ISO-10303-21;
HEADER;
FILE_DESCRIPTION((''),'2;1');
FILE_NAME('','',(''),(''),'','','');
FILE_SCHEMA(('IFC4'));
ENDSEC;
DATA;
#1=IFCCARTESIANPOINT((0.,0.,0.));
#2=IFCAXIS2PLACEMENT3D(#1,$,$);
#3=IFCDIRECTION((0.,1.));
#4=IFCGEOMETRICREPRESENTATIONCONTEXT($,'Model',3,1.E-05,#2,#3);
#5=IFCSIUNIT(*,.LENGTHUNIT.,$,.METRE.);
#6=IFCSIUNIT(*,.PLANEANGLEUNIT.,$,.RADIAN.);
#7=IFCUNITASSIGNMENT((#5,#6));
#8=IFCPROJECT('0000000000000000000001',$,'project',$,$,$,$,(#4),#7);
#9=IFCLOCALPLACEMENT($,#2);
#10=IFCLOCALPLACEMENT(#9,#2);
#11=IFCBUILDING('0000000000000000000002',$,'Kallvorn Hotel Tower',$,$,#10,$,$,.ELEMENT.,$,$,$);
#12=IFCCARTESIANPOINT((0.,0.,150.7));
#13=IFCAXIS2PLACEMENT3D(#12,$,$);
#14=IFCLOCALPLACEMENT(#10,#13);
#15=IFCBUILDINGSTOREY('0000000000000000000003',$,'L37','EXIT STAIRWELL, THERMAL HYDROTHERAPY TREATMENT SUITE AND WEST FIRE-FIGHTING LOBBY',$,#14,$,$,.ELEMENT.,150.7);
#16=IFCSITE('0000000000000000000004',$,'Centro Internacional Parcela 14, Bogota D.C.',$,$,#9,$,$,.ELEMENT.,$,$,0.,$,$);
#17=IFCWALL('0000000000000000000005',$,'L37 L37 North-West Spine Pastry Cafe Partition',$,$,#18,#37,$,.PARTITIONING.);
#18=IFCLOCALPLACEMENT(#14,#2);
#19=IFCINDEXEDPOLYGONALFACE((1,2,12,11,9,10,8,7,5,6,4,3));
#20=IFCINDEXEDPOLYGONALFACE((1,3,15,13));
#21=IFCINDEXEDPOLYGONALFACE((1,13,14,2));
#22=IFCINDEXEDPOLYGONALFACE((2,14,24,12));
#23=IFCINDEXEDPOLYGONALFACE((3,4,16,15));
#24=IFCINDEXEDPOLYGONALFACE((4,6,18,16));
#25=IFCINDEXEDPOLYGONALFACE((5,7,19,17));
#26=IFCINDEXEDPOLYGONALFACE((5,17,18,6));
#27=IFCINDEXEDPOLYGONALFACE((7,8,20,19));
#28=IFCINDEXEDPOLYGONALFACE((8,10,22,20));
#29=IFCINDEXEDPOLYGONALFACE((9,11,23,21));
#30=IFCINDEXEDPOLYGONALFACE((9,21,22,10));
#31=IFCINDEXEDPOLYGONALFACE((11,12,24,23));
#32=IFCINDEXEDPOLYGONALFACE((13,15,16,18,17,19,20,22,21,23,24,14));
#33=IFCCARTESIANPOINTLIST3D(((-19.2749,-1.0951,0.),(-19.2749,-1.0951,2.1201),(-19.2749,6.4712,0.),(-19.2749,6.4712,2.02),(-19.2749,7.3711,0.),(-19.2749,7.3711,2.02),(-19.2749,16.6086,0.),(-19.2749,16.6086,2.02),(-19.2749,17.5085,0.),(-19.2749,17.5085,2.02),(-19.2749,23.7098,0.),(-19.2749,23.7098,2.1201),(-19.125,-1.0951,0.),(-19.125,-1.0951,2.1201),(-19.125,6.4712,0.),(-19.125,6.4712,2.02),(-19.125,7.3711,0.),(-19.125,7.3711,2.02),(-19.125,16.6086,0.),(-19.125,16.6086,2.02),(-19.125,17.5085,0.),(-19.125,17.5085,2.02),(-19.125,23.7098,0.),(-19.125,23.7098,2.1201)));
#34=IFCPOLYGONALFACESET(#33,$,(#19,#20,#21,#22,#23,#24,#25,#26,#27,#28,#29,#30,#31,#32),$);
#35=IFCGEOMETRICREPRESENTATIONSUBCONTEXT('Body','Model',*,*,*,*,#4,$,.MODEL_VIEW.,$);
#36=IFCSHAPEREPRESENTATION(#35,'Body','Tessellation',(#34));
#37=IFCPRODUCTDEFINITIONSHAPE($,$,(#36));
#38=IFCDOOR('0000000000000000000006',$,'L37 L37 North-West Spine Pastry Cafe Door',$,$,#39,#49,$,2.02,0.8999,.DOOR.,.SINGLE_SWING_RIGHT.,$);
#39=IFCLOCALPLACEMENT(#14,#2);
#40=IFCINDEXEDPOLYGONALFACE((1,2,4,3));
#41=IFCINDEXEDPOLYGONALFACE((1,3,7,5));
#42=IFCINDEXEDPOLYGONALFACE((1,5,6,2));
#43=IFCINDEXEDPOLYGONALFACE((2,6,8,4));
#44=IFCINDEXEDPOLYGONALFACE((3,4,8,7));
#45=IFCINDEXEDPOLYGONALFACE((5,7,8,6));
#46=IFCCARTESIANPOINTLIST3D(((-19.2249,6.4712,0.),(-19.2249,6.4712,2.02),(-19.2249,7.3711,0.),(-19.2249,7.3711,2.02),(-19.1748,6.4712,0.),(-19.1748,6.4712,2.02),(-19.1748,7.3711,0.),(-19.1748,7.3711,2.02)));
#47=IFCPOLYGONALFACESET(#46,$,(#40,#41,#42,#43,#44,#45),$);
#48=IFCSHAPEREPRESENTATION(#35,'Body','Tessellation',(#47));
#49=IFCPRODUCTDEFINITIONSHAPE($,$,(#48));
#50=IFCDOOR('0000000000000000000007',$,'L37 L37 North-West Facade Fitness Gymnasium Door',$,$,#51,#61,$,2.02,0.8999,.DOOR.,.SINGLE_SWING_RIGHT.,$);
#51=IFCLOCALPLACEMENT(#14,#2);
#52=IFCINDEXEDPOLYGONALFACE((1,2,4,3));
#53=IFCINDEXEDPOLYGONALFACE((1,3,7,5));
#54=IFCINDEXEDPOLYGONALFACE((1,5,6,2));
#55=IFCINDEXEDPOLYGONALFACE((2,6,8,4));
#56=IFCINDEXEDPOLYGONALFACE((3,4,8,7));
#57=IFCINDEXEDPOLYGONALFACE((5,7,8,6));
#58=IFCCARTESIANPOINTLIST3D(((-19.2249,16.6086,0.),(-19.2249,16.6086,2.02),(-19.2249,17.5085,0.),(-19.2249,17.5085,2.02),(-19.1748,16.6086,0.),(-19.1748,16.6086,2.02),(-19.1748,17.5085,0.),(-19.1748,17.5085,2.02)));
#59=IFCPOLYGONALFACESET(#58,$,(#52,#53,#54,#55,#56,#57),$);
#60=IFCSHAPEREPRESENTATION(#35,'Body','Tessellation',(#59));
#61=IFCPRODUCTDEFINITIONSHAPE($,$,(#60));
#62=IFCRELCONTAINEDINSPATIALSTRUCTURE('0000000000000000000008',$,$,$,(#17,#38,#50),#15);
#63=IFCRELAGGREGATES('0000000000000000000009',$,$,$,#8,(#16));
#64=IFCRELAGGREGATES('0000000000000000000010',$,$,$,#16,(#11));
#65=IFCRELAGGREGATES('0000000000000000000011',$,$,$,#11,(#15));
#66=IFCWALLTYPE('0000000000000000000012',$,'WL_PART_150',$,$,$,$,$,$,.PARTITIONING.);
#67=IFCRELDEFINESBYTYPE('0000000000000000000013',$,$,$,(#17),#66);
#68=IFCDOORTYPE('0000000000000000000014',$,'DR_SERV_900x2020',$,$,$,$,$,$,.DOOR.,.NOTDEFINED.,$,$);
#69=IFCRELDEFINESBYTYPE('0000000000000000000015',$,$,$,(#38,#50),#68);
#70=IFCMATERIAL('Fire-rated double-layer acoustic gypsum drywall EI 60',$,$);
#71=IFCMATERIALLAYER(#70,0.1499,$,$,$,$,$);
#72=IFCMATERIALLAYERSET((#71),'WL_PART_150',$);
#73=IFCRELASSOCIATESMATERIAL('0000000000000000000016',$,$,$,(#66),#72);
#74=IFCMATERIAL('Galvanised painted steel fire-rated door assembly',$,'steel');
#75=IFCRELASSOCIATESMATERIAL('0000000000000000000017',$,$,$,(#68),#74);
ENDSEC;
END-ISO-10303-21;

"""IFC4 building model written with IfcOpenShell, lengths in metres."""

from ifc_helpers import new_model, si_unit, direction, frame, frame_2d, origin, place, context, subcontext, project, spatial, rectangle, extrude, material, layer, layer_set, type_object, element, fill, save


model = new_model("IFC4")

# Units and contexts
model_context = context("Model", 3, precision=1e-05, world=origin(), true_north=direction((0.0, 1.0)))
body_context = subcontext(model_context, "Body", "Model", "MODEL_VIEW")
ifc_project = project(units=[si_unit("LENGTHUNIT", "METRE"), si_unit("PLANEANGLEUNIT", "RADIAN")], contexts=[model_context])

# Site, building, storey
site_placement = place(None, origin())
site = spatial("IfcSite", under=ifc_project, at=site_placement, Name="Centro Internacional Parcela 14, Bogota D.C.", CompositionType="ELEMENT", RefElevation=0.0)
building_placement = place(site_placement, origin())
building = spatial("IfcBuilding", under=site, at=building_placement, Name="Kallvorn Hotel Tower", CompositionType="ELEMENT")
storey_placement = place(building_placement, frame((0.0, 0.0, 150.7)))
storey = spatial("IfcBuildingStorey", under=building, at=storey_placement, Name="L37", Description="EXIT STAIRWELL, THERMAL HYDROTHERAPY TREATMENT SUITE AND WEST FIRE-FIGHTING LOBBY", CompositionType="ELEMENT", Elevation=150.7)

# Shared definitions
ifc_material_1 = material(Name="Fire-rated double-layer acoustic gypsum drywall EI 60")
ifc_layer_1 = layer(ifc_material_1, 0.1499)
ifc_layer_set_1 = layer_set([ifc_layer_1], Name="WL_PART_150")
wall_type = type_object("IfcWallType", Name="WL_PART_150", PredefinedType="PARTITIONING", material=ifc_layer_set_1)

# Wall, openings, doors
wall_1_placement = place(storey_placement, frame((-19.2, -1.095, 0.0), z_axis=(0.0, 0.0, 1.0), x_axis=(0.0, 1.0, 0.0)))
wall_1 = element("IfcWall", 1, at=wall_1_placement, inside=storey, type_object=wall_type, Name="L37 L37 North-West Spine Pastry Cafe Partition", PredefinedType="PARTITIONING", context=body_context, shape_type="SweptSolid", body=[
    extrude(rectangle(XDim=24.8049, YDim=0.1499, at=frame_2d((12.4023, 0.0))), origin(), (0.0, 0.0, 1.0), 2.1201),
])
opening_1_placement = place(wall_1_placement, frame((7.5662, 0.0, 0.0)))
opening_1 = element("IfcOpeningElement", 2, at=opening_1_placement, cuts=wall_1, PredefinedType="OPENING", context=body_context, shape_type="SweptSolid", body=[
    extrude(rectangle(XDim=0.8999, YDim=2.02, at=frame_2d((0.45, 1.01))), frame((0.0, 0.0898, 0.0), z_axis=(0.0, -1.0, 0.0), x_axis=(1.0, 0.0, 0.0)), (0.0, 0.0, 1.0), 0.1799),
])
opening_2_placement = place(wall_1_placement, frame((17.7036, 0.0, 0.0)))
opening_2 = element("IfcOpeningElement", 3, at=opening_2_placement, cuts=wall_1, PredefinedType="OPENING", context=body_context, shape_type="SweptSolid", body=[
    extrude(rectangle(XDim=0.8999, YDim=2.02, at=frame_2d((0.45, 1.01))), frame((0.0, 0.0898, 0.0), z_axis=(0.0, -1.0, 0.0), x_axis=(1.0, 0.0, 0.0)), (0.0, 0.0, 1.0), 0.1799),
])
ifc_material_2 = material(Name="Galvanised painted steel fire-rated door assembly", Category="steel")
door_type = type_object("IfcDoorType", Name="DR_SERV_900x2020", OperationType="NOTDEFINED", PredefinedType="DOOR", material=ifc_material_2)
door_1_placement = place(opening_1_placement, origin())
door_1 = element("IfcDoor", 4, at=door_1_placement, inside=storey, type_object=door_type, Name="L37 L37 North-West Spine Pastry Cafe Door", OperationType="SINGLE_SWING_RIGHT", OverallHeight=2.02, OverallWidth=0.8999, PredefinedType="DOOR", context=body_context, shape_type="SweptSolid", body=[
    extrude(rectangle(XDim=0.8999, YDim=2.02, at=frame_2d((0.45, 1.01))), frame((0.0, 0.0249, 0.0), z_axis=(0.0, -1.0, 0.0), x_axis=(1.0, 0.0, 0.0)), (0.0, 0.0, 1.0), 0.05),
])
fill(opening_1, door_1)
door_2_placement = place(opening_2_placement, origin())
door_2 = element("IfcDoor", 5, at=door_2_placement, inside=storey, type_object=door_type, Name="L37 L37 North-West Facade Fitness Gymnasium Door", OperationType="SINGLE_SWING_RIGHT", OverallHeight=2.02, OverallWidth=0.8999, PredefinedType="DOOR", context=body_context, shape_type="SweptSolid", body=[
    extrude(rectangle(XDim=0.8999, YDim=2.02, at=frame_2d((0.45, 1.01))), frame((0.0, 0.0249, 0.0), z_axis=(0.0, -1.0, 0.0), x_axis=(1.0, 0.0, 0.0)), (0.0, 0.0, 1.0), 0.05),
])
fill(opening_2, door_2)

save(model, "model.ifc")
